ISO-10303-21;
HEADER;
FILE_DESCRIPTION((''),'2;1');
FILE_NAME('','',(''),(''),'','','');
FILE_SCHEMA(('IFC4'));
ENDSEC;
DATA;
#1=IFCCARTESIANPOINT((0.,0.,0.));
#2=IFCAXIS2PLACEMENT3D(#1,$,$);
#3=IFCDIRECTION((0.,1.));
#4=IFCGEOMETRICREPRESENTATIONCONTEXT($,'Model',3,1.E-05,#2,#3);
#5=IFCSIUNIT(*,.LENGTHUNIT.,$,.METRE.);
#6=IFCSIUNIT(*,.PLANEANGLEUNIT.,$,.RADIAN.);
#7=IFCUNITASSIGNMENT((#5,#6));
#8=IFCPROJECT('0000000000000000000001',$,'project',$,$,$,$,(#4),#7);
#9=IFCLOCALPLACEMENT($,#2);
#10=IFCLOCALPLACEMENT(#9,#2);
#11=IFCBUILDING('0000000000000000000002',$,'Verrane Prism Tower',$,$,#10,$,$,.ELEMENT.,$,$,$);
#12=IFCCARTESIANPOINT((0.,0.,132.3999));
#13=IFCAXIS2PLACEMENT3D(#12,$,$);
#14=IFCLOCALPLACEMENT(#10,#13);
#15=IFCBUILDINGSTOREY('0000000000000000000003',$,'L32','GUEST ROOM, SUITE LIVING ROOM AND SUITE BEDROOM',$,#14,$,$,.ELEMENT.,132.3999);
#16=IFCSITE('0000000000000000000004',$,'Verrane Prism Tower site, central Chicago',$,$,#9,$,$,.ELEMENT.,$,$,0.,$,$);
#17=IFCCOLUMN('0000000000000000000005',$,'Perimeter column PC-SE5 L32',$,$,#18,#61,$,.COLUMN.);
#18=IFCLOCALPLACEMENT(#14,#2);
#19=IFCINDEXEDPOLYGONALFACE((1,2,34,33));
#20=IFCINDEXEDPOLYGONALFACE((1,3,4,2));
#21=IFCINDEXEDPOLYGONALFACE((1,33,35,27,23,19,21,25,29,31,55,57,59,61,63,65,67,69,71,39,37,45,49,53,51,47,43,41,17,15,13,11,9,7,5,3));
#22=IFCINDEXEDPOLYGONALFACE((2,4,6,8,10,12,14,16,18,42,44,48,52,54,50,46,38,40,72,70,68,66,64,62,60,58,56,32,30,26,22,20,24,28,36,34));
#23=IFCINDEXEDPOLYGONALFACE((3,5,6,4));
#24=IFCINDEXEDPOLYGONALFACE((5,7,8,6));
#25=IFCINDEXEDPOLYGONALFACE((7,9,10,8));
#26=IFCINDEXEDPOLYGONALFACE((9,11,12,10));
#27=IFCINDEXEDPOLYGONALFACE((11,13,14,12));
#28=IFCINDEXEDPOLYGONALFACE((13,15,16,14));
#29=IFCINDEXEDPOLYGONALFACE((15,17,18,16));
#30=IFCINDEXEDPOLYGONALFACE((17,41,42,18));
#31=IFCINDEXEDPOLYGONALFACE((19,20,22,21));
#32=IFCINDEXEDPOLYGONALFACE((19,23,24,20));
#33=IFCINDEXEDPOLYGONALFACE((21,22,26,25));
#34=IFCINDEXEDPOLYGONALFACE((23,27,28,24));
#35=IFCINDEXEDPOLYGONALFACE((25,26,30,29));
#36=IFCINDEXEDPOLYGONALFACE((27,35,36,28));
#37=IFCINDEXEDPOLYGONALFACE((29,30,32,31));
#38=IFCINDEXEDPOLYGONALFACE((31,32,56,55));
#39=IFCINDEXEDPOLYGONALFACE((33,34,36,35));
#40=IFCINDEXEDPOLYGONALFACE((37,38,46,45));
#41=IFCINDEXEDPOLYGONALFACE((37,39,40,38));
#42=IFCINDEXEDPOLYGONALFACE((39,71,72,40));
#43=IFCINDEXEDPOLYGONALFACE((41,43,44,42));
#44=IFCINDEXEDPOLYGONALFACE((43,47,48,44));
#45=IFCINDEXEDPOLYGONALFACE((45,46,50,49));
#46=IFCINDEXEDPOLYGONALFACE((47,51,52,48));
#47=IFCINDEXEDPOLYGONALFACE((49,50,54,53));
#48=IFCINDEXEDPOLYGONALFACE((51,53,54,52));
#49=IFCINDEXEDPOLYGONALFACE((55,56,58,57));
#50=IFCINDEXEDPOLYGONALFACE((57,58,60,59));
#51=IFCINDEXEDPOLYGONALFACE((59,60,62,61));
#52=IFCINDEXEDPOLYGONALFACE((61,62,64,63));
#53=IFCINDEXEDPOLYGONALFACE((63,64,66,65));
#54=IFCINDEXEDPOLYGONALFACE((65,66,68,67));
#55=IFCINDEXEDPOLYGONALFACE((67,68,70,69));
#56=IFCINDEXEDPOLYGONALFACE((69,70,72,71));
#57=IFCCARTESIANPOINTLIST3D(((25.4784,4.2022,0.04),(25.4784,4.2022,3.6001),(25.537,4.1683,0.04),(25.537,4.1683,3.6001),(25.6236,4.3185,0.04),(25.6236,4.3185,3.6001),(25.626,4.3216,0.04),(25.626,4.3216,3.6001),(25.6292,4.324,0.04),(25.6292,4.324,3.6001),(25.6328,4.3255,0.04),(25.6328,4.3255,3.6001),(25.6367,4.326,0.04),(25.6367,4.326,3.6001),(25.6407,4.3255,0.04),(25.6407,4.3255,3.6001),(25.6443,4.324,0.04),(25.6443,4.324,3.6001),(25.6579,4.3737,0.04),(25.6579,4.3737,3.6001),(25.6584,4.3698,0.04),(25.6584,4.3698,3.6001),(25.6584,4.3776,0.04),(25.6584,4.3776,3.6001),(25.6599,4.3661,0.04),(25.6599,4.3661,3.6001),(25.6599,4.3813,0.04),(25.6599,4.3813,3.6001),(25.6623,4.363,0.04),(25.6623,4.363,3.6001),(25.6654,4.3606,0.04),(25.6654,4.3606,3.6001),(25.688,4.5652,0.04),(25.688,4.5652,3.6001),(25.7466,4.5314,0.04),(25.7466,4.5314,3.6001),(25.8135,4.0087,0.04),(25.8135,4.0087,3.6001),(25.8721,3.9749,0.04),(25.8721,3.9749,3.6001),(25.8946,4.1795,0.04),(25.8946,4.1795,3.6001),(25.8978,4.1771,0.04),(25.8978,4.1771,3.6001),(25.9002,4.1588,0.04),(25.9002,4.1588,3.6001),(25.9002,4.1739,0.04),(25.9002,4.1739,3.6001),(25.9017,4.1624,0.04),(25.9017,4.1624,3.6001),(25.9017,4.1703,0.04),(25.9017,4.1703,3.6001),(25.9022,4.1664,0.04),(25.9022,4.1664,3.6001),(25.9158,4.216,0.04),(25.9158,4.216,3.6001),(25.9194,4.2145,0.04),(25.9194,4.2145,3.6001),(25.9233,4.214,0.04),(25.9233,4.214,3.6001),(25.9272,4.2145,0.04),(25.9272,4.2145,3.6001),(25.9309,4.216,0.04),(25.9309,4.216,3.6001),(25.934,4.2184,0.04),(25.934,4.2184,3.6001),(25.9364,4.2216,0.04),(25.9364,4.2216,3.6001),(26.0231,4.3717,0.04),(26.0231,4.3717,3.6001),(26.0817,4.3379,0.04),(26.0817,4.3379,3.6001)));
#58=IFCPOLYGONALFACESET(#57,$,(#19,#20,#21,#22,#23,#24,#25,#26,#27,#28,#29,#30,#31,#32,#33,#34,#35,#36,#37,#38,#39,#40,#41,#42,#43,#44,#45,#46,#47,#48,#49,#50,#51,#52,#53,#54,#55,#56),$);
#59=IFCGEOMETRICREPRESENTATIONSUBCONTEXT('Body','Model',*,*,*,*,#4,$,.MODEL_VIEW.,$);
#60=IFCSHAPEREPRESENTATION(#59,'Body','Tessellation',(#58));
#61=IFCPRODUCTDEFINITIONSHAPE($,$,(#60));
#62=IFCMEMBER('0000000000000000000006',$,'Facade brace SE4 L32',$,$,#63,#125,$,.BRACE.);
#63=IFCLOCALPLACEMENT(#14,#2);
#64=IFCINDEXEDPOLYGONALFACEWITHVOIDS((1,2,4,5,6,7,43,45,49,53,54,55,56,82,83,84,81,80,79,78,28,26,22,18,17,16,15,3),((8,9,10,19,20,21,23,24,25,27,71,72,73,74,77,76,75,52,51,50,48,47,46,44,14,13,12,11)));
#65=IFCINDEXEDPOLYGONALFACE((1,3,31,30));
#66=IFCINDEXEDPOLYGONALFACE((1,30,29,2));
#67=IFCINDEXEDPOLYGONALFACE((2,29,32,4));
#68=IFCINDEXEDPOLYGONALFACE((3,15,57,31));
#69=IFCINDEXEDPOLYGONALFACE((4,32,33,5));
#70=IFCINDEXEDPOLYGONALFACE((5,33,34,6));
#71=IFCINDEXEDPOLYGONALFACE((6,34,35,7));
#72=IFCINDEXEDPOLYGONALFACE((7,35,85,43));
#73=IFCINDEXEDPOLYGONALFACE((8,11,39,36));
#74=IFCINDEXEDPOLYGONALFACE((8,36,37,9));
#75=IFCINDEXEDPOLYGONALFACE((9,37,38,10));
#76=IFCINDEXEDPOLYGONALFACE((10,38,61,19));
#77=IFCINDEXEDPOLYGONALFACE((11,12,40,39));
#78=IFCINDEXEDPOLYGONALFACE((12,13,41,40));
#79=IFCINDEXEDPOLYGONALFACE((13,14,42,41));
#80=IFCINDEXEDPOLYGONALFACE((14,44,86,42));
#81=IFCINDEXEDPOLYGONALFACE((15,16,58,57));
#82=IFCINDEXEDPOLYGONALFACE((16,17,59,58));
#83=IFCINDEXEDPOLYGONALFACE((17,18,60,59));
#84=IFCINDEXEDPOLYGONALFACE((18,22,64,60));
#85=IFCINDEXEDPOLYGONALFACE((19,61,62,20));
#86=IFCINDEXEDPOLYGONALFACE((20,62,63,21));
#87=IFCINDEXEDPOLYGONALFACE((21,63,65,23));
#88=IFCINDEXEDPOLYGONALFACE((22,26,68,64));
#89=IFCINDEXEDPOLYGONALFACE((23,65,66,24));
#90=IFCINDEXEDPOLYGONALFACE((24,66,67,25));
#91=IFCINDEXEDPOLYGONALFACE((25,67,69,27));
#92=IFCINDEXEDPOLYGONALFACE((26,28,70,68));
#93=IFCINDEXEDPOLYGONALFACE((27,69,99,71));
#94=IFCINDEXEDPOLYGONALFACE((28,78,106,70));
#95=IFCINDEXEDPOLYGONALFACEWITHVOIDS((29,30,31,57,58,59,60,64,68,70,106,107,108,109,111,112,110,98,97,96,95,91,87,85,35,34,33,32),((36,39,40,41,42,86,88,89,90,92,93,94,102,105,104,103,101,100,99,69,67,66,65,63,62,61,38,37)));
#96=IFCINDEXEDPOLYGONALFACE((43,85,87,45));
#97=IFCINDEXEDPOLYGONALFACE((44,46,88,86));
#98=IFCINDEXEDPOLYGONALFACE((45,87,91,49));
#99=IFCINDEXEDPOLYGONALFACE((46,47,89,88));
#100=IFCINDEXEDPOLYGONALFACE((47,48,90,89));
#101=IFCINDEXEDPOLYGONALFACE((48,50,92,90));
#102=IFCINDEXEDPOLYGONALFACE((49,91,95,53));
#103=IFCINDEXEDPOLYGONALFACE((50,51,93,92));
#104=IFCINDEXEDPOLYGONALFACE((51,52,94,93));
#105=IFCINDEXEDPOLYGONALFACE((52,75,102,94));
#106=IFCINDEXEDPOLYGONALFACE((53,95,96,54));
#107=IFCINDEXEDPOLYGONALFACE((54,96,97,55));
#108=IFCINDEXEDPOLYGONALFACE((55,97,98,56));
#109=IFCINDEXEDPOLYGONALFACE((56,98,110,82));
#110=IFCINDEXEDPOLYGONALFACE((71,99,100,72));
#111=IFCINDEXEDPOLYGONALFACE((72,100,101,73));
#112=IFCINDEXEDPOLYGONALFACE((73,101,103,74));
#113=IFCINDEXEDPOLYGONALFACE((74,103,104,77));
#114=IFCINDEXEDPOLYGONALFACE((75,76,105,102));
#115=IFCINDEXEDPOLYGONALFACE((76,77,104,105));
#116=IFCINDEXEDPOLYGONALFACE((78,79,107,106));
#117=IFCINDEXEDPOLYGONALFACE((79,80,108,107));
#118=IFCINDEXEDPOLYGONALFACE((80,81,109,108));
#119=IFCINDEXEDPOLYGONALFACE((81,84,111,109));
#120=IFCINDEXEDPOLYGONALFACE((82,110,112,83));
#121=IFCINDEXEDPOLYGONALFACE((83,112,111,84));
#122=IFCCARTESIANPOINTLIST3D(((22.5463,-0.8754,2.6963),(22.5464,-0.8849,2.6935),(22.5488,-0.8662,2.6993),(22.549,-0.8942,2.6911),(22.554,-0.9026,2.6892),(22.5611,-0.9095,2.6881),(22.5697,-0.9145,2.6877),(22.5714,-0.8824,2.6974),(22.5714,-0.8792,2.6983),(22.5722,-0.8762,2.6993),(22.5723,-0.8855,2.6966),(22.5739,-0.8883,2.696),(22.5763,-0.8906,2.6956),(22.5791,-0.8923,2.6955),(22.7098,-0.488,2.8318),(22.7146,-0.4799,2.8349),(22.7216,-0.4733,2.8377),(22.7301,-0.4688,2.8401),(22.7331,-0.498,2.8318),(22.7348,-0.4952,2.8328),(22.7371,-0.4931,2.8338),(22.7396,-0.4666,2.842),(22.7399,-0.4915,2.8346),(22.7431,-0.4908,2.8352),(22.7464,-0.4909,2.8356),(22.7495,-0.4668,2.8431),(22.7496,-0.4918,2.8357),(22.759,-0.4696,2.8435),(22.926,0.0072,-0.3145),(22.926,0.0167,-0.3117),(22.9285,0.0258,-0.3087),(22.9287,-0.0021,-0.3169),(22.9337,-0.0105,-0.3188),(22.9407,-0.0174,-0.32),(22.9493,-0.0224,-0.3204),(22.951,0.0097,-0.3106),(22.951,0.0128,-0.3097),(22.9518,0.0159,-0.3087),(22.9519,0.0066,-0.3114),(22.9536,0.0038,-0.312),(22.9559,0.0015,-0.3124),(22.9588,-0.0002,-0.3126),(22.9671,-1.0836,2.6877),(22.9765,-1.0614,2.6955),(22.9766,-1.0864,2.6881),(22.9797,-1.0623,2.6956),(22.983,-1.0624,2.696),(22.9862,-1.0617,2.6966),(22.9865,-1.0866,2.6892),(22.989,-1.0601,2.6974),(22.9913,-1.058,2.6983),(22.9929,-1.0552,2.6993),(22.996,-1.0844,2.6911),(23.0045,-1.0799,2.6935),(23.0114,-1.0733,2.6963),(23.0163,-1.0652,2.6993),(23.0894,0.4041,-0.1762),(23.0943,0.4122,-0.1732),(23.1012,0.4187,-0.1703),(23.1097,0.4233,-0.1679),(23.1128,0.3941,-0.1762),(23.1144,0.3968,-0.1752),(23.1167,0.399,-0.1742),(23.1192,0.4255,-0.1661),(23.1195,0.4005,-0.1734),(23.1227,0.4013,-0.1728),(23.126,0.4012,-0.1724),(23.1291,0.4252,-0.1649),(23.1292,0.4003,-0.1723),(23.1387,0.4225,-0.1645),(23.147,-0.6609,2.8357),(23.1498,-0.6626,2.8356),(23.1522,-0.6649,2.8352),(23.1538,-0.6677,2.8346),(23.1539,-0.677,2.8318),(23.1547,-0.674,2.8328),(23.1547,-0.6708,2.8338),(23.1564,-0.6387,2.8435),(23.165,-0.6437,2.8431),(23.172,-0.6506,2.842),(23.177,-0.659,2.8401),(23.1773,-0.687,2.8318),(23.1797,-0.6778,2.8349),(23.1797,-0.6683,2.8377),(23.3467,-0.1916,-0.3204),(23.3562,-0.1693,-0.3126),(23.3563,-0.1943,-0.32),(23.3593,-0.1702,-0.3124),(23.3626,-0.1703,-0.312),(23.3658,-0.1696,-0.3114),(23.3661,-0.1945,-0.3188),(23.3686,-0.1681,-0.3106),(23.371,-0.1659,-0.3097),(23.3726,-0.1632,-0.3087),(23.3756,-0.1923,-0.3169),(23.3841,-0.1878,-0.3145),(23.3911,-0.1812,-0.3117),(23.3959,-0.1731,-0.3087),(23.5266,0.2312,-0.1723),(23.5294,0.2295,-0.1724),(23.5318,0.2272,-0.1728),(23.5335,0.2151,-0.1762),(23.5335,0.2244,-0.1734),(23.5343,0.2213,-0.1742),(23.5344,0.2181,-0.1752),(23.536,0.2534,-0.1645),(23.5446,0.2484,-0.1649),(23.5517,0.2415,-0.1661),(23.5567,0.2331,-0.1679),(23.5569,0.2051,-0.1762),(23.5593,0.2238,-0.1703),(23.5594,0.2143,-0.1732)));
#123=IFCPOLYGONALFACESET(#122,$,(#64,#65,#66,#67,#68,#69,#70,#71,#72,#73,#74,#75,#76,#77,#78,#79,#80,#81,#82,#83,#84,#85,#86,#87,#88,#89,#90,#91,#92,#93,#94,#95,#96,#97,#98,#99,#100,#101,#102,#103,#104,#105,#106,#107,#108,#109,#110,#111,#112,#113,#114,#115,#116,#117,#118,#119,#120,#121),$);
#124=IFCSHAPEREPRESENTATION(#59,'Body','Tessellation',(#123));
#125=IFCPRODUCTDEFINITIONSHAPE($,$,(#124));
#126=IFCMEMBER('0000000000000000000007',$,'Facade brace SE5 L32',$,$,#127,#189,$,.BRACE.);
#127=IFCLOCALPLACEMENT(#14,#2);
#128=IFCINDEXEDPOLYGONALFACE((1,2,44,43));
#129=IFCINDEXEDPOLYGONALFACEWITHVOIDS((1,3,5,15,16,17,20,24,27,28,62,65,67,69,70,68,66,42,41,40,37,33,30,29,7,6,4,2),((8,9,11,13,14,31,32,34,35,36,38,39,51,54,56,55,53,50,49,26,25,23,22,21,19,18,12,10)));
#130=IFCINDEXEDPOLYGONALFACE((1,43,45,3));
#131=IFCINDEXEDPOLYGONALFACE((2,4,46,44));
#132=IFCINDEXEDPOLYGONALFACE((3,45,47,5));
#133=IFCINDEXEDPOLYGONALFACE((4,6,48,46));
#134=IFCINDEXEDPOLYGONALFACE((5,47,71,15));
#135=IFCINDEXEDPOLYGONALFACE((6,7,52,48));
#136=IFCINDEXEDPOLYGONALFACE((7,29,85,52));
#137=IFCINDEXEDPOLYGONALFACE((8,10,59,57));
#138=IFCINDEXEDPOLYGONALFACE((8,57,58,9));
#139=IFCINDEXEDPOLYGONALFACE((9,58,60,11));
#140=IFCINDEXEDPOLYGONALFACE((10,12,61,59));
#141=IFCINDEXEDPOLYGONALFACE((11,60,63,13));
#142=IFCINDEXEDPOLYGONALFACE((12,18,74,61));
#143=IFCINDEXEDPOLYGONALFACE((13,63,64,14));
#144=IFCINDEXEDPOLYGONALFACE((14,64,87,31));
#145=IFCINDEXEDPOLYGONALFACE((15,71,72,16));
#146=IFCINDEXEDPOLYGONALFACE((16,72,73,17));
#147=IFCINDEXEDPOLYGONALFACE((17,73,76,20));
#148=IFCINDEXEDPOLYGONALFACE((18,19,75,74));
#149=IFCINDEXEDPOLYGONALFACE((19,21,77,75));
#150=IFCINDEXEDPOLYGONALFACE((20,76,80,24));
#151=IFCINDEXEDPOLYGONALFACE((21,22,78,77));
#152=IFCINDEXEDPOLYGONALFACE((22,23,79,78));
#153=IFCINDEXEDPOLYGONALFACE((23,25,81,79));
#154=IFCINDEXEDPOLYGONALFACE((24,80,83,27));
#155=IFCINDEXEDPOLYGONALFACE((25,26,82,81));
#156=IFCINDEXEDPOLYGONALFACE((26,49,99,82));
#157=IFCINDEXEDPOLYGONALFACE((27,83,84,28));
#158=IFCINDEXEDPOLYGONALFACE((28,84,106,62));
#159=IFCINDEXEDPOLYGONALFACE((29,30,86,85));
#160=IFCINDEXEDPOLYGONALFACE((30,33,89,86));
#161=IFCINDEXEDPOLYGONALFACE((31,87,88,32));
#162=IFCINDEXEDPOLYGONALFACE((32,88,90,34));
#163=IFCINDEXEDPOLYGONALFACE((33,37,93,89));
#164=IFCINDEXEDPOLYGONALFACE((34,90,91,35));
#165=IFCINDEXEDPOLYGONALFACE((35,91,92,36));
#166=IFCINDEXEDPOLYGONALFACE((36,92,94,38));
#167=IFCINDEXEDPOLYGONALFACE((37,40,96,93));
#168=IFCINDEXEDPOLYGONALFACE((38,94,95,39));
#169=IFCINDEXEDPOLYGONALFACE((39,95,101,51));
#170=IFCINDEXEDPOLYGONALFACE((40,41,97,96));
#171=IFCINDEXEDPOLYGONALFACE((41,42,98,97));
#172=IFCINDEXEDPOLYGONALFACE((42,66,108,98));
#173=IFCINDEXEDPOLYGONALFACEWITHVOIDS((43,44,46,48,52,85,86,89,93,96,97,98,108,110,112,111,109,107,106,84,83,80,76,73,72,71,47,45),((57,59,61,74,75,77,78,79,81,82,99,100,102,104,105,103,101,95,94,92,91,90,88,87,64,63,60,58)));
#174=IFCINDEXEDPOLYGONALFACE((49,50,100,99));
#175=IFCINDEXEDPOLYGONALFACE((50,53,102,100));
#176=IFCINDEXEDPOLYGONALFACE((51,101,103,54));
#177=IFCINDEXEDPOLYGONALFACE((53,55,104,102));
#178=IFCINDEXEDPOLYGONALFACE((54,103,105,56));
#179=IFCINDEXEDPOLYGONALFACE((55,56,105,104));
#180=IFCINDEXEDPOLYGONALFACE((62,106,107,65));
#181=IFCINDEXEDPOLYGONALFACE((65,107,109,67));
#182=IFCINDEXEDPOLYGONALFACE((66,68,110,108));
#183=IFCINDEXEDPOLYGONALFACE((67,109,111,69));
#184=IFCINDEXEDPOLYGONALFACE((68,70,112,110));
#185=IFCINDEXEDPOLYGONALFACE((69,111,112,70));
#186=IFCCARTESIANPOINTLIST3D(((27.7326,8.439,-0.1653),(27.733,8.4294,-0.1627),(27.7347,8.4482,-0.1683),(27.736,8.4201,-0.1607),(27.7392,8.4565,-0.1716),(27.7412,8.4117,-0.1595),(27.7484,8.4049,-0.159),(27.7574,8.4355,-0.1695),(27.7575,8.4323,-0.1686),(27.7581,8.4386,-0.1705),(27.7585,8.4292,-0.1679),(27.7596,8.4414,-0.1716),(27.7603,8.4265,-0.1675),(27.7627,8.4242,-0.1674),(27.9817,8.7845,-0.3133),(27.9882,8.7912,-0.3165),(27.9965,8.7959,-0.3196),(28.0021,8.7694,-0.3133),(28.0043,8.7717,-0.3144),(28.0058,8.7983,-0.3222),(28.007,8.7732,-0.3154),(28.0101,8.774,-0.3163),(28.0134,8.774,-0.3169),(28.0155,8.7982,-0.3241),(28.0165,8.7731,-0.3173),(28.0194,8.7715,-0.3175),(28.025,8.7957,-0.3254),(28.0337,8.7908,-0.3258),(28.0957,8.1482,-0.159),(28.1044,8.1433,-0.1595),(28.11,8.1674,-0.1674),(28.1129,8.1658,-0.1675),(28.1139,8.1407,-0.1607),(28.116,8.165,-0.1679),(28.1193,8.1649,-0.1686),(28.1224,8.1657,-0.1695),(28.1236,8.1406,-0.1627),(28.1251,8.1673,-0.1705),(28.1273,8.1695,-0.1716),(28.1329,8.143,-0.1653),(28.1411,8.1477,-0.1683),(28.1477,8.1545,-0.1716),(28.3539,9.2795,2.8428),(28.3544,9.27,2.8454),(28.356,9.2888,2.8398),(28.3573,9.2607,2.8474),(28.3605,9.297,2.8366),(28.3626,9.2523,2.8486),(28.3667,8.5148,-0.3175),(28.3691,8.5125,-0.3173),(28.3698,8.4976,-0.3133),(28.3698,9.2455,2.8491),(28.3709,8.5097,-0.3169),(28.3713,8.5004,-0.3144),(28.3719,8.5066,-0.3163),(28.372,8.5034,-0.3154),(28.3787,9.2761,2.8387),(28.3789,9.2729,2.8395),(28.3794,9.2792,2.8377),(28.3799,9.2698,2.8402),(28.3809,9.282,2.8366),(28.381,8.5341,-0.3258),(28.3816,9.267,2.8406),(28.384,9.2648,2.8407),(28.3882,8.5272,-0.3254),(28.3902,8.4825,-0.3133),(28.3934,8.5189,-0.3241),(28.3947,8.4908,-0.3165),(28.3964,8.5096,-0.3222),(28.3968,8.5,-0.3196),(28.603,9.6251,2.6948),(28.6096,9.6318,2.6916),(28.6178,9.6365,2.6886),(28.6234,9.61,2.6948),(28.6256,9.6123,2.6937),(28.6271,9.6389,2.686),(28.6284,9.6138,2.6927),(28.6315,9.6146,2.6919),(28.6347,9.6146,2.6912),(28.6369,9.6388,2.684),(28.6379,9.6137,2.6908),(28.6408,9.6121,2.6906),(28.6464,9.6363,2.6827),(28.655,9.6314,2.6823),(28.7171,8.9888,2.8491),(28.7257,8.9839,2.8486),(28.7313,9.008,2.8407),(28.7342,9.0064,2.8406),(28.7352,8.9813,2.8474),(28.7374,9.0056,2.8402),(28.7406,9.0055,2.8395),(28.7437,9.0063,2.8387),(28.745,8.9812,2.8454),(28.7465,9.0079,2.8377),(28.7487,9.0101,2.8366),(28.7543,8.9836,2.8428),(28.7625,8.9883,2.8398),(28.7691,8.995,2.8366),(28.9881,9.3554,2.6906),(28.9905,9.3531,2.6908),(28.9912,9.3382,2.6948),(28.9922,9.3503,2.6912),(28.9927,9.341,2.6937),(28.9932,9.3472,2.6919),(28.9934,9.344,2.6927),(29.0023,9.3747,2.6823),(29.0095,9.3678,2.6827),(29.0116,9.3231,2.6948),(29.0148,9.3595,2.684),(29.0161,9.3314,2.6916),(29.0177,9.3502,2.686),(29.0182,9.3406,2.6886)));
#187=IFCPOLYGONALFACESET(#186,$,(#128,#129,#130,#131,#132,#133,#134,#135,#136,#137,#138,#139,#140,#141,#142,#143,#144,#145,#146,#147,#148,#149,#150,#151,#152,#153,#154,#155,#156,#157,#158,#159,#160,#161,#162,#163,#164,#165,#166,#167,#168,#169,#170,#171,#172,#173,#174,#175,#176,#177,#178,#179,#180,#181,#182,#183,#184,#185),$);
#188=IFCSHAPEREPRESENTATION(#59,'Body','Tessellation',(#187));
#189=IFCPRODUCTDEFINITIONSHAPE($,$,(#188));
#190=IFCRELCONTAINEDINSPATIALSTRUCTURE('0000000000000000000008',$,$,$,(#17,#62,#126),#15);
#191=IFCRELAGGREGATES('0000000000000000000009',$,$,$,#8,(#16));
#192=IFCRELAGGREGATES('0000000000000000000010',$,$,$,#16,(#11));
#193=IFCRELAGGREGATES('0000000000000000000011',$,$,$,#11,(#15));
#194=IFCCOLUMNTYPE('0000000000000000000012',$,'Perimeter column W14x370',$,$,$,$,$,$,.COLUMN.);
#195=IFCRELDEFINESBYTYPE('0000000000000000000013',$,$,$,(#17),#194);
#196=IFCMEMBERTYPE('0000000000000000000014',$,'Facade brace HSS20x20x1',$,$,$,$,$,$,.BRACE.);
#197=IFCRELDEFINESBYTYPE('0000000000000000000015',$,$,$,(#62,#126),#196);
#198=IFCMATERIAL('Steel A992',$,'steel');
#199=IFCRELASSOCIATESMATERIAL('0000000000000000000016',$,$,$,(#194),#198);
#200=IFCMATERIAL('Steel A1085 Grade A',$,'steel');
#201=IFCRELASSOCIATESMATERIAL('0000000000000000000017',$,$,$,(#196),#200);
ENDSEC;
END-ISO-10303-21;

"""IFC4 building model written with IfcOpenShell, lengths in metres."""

from ifc_helpers import new_model, si_unit, direction, frame, origin, origin_2d, place, context, subcontext, project, spatial, hollow_rectangle, i_section, extrude, material, material_profile, profile_set, type_object, element, save


model = new_model("IFC4")

# Units and contexts
model_context = context("Model", 3, precision=1e-05, world=origin(), true_north=direction((0.0, 1.0)))
body_context = subcontext(model_context, "Body", "Model", "MODEL_VIEW")
ifc_project = project(units=[si_unit("LENGTHUNIT", "METRE"), si_unit("PLANEANGLEUNIT", "RADIAN")], contexts=[model_context])

# Site, building, storey
site_placement = place(None, origin())
site = spatial("IfcSite", under=ifc_project, at=site_placement, Name="Verrane Prism Tower site, central Chicago", CompositionType="ELEMENT", RefElevation=0.0)
building_placement = place(site_placement, origin())
building = spatial("IfcBuilding", under=site, at=building_placement, Name="Verrane Prism Tower", CompositionType="ELEMENT")
storey_placement = place(building_placement, frame((0.0, 0.0, 132.3999)))
storey = spatial("IfcBuildingStorey", under=building, at=storey_placement, Name="L32", Description="GUEST ROOM, SUITE LIVING ROOM AND SUITE BEDROOM", CompositionType="ELEMENT", Elevation=132.3999)

# Column
ifc_material_1 = material(Name="Steel A992", Category="steel")
ifc_material_profile_1 = material_profile(ifc_material_1, i_section(OverallWidth=0.4192, OverallDepth=0.4546, WebThickness=0.0422, FlangeThickness=0.0676, FilletRadius=0.0151, at=origin_2d()), Name="W14x370")
ifc_profile_set_1 = profile_set([ifc_material_profile_1], Name="Steel A992")
column_type = type_object("IfcColumnType", Name="Perimeter column W14x370", PredefinedType="COLUMN", material=ifc_profile_set_1)
column_placement = place(storey_placement, frame((25.78, 4.27, 0.04), z_axis=(0.0, 0.0, 1.0), x_axis=(-0.5, -0.866025, 0.0)))
element("IfcColumn", 1, at=column_placement, inside=storey, type_object=column_type, Name="Perimeter column PC-SE5 L32", PredefinedType="COLUMN", context=body_context, shape_type="SweptSolid", body=[
    extrude(i_section(OverallWidth=0.4192, OverallDepth=0.4546, WebThickness=0.0422, FlangeThickness=0.0676, FilletRadius=0.0151, at=origin_2d()), origin(), (0.0, 0.0, 1.0), 3.5601),
])

# Members
ifc_material_2 = material(Name="Steel A1085 Grade A", Category="steel")
ifc_material_profile_2 = material_profile(ifc_material_2, hollow_rectangle(XDim=0.5081, YDim=0.5081, WallThickness=0.0254, InnerFilletRadius=0.0127, OuterFilletRadius=0.0381, at=origin_2d()), Name="HSS20x20x1")
ifc_profile_set_2 = profile_set([ifc_material_profile_2], Name="Steel A1085 Grade A")
member_type_1 = type_object("IfcMemberType", Name="Facade brace HSS20x20x1", PredefinedType="BRACE", material=ifc_profile_set_2)
member_1_placement = place(storey_placement, frame((23.2427, 0.1155, -0.2424), z_axis=(-0.120122, -0.282268, 0.951785), x_axis=(0.920145, -0.391578, 0.0)))
element("IfcMember", 2, at=member_1_placement, inside=storey, type_object=member_type_1, Name="Facade brace SE4 L32", PredefinedType="BRACE", context=body_context, shape_type="SweptSolid", body=[
    extrude(hollow_rectangle(XDim=0.5081, YDim=0.5081, WallThickness=0.0254, InnerFilletRadius=0.0127, OuterFilletRadius=0.0381, at=origin_2d()), origin(), (0.0, 0.0, 1.0), 3.1604),
])
member_2_placement = place(storey_placement, frame((28.0647, 8.4695, -0.2424), z_axis=(0.195113, 0.263959, 0.944593), x_axis=(-0.804157, 0.594417, 0.0)))
element("IfcMember", 3, at=member_2_placement, inside=storey, type_object=member_type_1, Name="Facade brace SE5 L32", PredefinedType="BRACE", context=body_context, shape_type="SweptSolid", body=[
    extrude(hollow_rectangle(XDim=0.5081, YDim=0.5081, WallThickness=0.0254, InnerFilletRadius=0.0127, OuterFilletRadius=0.0381, at=origin_2d()), origin(), (0.0, 0.0, 1.0), 3.1846),
])

save(model, "model.ifc")
